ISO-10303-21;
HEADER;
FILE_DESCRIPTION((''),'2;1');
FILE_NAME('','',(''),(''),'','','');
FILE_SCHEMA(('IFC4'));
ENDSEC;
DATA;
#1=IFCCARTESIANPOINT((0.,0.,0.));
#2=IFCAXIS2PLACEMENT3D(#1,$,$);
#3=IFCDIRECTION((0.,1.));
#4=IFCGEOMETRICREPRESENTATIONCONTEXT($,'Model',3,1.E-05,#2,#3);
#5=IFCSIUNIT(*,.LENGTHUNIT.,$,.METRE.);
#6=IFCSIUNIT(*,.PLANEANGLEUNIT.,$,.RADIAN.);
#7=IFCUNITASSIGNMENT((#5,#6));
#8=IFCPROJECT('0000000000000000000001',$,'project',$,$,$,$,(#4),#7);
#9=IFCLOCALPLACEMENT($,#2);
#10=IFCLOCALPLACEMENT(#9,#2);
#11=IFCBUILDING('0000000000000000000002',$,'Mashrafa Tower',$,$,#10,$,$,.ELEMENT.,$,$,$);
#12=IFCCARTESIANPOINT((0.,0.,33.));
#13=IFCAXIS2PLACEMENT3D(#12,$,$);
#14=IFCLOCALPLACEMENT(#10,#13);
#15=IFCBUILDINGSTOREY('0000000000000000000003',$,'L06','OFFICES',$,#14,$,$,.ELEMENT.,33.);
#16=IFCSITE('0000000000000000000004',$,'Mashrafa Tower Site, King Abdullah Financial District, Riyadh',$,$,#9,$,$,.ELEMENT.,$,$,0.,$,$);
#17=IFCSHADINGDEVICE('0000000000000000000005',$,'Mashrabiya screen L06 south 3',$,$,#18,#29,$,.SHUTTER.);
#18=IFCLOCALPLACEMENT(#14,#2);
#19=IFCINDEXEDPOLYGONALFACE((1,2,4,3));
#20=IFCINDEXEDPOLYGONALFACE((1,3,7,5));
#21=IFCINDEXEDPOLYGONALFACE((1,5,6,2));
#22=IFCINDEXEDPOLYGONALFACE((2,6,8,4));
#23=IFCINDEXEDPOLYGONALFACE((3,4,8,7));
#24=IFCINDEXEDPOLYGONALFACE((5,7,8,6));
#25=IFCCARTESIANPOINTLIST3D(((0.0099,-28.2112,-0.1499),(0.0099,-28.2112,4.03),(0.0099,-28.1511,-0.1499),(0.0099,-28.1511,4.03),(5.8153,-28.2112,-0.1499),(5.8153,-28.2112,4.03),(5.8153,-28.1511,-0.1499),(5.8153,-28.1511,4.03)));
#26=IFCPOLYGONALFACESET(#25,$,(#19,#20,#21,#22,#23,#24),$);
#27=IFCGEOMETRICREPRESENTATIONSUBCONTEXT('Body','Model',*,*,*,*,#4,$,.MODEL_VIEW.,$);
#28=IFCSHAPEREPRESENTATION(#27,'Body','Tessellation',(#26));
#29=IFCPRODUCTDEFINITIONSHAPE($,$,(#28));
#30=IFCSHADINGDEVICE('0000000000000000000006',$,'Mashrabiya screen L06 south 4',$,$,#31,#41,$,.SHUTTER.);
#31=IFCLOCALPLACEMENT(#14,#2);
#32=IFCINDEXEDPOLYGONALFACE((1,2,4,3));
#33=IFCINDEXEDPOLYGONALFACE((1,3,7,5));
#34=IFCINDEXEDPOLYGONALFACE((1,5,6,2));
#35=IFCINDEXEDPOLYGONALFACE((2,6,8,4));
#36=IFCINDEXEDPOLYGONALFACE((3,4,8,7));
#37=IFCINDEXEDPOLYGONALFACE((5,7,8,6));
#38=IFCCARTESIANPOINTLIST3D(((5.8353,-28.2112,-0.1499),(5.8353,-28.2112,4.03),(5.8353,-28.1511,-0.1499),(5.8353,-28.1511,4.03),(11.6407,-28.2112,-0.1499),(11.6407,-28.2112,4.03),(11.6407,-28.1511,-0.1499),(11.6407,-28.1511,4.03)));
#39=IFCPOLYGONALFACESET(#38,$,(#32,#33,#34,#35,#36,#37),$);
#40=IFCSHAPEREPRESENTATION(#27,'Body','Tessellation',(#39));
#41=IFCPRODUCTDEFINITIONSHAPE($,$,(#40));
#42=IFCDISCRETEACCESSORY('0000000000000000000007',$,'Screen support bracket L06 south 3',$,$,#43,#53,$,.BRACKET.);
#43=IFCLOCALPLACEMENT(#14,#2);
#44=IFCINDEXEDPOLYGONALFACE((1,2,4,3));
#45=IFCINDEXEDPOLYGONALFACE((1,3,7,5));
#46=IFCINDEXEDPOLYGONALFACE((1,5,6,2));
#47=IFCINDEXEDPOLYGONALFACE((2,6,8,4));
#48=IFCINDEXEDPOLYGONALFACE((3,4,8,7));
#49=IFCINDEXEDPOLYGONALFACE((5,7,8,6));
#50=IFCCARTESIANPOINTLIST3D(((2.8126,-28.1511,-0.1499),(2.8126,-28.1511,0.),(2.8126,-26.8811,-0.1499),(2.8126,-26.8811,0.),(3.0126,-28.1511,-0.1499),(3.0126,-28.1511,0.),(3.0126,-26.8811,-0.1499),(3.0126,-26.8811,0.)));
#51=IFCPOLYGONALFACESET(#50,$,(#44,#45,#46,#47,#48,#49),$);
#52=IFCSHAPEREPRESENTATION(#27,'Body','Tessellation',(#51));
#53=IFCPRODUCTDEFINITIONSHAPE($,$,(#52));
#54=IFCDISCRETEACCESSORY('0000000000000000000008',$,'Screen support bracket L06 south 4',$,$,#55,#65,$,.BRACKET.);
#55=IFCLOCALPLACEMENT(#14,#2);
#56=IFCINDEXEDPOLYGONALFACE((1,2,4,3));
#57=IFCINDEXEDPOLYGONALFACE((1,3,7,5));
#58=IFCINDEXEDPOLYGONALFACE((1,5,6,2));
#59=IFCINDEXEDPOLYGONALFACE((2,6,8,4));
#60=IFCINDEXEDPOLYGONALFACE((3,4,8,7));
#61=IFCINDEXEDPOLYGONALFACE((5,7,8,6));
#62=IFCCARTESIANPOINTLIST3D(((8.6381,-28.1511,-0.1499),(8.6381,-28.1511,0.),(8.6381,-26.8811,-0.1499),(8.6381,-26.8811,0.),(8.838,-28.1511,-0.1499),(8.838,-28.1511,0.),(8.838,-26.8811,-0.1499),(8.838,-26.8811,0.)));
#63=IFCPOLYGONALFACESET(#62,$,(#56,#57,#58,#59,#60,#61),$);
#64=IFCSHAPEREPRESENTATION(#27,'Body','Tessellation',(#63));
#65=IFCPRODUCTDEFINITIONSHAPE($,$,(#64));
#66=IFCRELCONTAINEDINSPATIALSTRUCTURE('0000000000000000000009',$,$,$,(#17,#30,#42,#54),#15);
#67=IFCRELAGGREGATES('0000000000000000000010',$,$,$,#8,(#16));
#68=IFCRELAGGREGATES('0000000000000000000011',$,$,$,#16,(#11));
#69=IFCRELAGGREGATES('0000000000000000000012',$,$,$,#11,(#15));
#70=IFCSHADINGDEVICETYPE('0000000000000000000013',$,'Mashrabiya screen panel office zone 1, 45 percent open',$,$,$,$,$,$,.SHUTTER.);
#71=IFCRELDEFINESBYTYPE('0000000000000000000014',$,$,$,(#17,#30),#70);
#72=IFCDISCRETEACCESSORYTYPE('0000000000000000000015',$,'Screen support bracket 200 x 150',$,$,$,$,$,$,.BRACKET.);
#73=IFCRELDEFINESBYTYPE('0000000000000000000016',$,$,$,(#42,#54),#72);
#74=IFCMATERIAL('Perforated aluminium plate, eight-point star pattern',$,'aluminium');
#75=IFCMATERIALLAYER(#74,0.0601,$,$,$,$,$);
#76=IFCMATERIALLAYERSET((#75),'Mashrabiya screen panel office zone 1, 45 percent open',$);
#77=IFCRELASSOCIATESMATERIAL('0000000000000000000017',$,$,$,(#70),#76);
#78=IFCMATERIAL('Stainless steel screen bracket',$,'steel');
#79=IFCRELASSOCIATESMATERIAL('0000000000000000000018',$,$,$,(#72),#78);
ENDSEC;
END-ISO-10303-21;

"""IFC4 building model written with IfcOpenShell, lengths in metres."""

from ifc_helpers import new_model, si_unit, direction, frame, origin, origin_2d, place, context, subcontext, project, spatial, rectangle, extrude, source, transform, mapped, material, layer, layer_set, type_object, type_shapes, element, save


model = new_model("IFC4")

# Units and contexts
model_context = context("Model", 3, precision=1e-05, world=origin(), true_north=direction((0.0, 1.0)))
body_context = subcontext(model_context, "Body", "Model", "MODEL_VIEW")
ifc_project = project(units=[si_unit("LENGTHUNIT", "METRE"), si_unit("PLANEANGLEUNIT", "RADIAN")], contexts=[model_context])

# Site, building, storey
site_placement = place(None, origin())
site = spatial("IfcSite", under=ifc_project, at=site_placement, Name="Mashrafa Tower Site, King Abdullah Financial District, Riyadh", CompositionType="ELEMENT", RefElevation=0.0)
building_placement = place(site_placement, origin())
building = spatial("IfcBuilding", under=site, at=building_placement, Name="Mashrafa Tower", CompositionType="ELEMENT")
storey_placement = place(building_placement, frame((0.0, 0.0, 33.0)))
storey = spatial("IfcBuildingStorey", under=building, at=storey_placement, Name="L06", Description="OFFICES", CompositionType="ELEMENT", Elevation=33.0)

# Shading devices
ifc_material_1 = material(Name="Perforated aluminium plate, eight-point star pattern", Category="aluminium")
ifc_layer_1 = layer(ifc_material_1, 0.0601)
ifc_layer_set_1 = layer_set([ifc_layer_1], Name="Mashrabiya screen panel office zone 1, 45 percent open")
shading_device_type = type_object("IfcShadingDeviceType", Name="Mashrabiya screen panel office zone 1, 45 percent open", PredefinedType="SHUTTER", material=ifc_layer_set_1)
shared_shape_1 = source(origin(), body_context, "Body", "SweptSolid", [
    extrude(rectangle(XDim=5.8054, YDim=0.0601, at=origin_2d()), origin(), (0.0, 0.0, 1.0), 4.1799),
])
type_shapes(shading_device_type, [shared_shape_1])
for number, where, z_axis, x_axis, name in (
    (1, (2.9126, -28.1812, -0.1499), (0.0, 0.0, 1.0), (1.0, 0.0, 0.0), "Mashrabiya screen L06 south 3"),
    (2, (8.738, -28.1812, -0.1499), (0.0, 0.0, 1.0), (1.0, 0.0, 0.0), "Mashrabiya screen L06 south 4"),
):
    element("IfcShadingDevice", number, at=place(storey_placement, frame(where, z_axis=z_axis, x_axis=x_axis)), inside=storey, type_object=shading_device_type, Name=name, PredefinedType="SHUTTER", context=body_context, shape_type="MappedRepresentation", body=[
        mapped(shared_shape_1, transform((0.0, 0.0, 0.0))),
    ])

# Discrete accessories
ifc_material_2 = material(Name="Stainless steel screen bracket", Category="steel")
discrete_accessory_type = type_object("IfcDiscreteAccessoryType", Name="Screen support bracket 200 x 150", PredefinedType="BRACKET", material=ifc_material_2)
shared_shape_2 = source(origin(), body_context, "Body", "SweptSolid", [
    extrude(rectangle(XDim=0.2, YDim=1.27, at=origin_2d()), origin(), (0.0, 0.0, 1.0), 0.1499),
])
type_shapes(discrete_accessory_type, [shared_shape_2])
for number, where, z_axis, x_axis, name in (
    (3, (2.9126, -27.5161, -0.1499), (0.0, 0.0, 1.0), (1.0, 0.0, 0.0), "Screen support bracket L06 south 3"),
    (4, (8.738, -27.5161, -0.1499), (0.0, 0.0, 1.0), (1.0, 0.0, 0.0), "Screen support bracket L06 south 4"),
):
    element("IfcDiscreteAccessory", number, at=place(storey_placement, frame(where, z_axis=z_axis, x_axis=x_axis)), inside=storey, type_object=discrete_accessory_type, Name=name, PredefinedType="BRACKET", context=body_context, shape_type="MappedRepresentation", body=[
        mapped(shared_shape_2, transform((0.0, 0.0, 0.0))),
    ])

save(model, "model.ifc")
